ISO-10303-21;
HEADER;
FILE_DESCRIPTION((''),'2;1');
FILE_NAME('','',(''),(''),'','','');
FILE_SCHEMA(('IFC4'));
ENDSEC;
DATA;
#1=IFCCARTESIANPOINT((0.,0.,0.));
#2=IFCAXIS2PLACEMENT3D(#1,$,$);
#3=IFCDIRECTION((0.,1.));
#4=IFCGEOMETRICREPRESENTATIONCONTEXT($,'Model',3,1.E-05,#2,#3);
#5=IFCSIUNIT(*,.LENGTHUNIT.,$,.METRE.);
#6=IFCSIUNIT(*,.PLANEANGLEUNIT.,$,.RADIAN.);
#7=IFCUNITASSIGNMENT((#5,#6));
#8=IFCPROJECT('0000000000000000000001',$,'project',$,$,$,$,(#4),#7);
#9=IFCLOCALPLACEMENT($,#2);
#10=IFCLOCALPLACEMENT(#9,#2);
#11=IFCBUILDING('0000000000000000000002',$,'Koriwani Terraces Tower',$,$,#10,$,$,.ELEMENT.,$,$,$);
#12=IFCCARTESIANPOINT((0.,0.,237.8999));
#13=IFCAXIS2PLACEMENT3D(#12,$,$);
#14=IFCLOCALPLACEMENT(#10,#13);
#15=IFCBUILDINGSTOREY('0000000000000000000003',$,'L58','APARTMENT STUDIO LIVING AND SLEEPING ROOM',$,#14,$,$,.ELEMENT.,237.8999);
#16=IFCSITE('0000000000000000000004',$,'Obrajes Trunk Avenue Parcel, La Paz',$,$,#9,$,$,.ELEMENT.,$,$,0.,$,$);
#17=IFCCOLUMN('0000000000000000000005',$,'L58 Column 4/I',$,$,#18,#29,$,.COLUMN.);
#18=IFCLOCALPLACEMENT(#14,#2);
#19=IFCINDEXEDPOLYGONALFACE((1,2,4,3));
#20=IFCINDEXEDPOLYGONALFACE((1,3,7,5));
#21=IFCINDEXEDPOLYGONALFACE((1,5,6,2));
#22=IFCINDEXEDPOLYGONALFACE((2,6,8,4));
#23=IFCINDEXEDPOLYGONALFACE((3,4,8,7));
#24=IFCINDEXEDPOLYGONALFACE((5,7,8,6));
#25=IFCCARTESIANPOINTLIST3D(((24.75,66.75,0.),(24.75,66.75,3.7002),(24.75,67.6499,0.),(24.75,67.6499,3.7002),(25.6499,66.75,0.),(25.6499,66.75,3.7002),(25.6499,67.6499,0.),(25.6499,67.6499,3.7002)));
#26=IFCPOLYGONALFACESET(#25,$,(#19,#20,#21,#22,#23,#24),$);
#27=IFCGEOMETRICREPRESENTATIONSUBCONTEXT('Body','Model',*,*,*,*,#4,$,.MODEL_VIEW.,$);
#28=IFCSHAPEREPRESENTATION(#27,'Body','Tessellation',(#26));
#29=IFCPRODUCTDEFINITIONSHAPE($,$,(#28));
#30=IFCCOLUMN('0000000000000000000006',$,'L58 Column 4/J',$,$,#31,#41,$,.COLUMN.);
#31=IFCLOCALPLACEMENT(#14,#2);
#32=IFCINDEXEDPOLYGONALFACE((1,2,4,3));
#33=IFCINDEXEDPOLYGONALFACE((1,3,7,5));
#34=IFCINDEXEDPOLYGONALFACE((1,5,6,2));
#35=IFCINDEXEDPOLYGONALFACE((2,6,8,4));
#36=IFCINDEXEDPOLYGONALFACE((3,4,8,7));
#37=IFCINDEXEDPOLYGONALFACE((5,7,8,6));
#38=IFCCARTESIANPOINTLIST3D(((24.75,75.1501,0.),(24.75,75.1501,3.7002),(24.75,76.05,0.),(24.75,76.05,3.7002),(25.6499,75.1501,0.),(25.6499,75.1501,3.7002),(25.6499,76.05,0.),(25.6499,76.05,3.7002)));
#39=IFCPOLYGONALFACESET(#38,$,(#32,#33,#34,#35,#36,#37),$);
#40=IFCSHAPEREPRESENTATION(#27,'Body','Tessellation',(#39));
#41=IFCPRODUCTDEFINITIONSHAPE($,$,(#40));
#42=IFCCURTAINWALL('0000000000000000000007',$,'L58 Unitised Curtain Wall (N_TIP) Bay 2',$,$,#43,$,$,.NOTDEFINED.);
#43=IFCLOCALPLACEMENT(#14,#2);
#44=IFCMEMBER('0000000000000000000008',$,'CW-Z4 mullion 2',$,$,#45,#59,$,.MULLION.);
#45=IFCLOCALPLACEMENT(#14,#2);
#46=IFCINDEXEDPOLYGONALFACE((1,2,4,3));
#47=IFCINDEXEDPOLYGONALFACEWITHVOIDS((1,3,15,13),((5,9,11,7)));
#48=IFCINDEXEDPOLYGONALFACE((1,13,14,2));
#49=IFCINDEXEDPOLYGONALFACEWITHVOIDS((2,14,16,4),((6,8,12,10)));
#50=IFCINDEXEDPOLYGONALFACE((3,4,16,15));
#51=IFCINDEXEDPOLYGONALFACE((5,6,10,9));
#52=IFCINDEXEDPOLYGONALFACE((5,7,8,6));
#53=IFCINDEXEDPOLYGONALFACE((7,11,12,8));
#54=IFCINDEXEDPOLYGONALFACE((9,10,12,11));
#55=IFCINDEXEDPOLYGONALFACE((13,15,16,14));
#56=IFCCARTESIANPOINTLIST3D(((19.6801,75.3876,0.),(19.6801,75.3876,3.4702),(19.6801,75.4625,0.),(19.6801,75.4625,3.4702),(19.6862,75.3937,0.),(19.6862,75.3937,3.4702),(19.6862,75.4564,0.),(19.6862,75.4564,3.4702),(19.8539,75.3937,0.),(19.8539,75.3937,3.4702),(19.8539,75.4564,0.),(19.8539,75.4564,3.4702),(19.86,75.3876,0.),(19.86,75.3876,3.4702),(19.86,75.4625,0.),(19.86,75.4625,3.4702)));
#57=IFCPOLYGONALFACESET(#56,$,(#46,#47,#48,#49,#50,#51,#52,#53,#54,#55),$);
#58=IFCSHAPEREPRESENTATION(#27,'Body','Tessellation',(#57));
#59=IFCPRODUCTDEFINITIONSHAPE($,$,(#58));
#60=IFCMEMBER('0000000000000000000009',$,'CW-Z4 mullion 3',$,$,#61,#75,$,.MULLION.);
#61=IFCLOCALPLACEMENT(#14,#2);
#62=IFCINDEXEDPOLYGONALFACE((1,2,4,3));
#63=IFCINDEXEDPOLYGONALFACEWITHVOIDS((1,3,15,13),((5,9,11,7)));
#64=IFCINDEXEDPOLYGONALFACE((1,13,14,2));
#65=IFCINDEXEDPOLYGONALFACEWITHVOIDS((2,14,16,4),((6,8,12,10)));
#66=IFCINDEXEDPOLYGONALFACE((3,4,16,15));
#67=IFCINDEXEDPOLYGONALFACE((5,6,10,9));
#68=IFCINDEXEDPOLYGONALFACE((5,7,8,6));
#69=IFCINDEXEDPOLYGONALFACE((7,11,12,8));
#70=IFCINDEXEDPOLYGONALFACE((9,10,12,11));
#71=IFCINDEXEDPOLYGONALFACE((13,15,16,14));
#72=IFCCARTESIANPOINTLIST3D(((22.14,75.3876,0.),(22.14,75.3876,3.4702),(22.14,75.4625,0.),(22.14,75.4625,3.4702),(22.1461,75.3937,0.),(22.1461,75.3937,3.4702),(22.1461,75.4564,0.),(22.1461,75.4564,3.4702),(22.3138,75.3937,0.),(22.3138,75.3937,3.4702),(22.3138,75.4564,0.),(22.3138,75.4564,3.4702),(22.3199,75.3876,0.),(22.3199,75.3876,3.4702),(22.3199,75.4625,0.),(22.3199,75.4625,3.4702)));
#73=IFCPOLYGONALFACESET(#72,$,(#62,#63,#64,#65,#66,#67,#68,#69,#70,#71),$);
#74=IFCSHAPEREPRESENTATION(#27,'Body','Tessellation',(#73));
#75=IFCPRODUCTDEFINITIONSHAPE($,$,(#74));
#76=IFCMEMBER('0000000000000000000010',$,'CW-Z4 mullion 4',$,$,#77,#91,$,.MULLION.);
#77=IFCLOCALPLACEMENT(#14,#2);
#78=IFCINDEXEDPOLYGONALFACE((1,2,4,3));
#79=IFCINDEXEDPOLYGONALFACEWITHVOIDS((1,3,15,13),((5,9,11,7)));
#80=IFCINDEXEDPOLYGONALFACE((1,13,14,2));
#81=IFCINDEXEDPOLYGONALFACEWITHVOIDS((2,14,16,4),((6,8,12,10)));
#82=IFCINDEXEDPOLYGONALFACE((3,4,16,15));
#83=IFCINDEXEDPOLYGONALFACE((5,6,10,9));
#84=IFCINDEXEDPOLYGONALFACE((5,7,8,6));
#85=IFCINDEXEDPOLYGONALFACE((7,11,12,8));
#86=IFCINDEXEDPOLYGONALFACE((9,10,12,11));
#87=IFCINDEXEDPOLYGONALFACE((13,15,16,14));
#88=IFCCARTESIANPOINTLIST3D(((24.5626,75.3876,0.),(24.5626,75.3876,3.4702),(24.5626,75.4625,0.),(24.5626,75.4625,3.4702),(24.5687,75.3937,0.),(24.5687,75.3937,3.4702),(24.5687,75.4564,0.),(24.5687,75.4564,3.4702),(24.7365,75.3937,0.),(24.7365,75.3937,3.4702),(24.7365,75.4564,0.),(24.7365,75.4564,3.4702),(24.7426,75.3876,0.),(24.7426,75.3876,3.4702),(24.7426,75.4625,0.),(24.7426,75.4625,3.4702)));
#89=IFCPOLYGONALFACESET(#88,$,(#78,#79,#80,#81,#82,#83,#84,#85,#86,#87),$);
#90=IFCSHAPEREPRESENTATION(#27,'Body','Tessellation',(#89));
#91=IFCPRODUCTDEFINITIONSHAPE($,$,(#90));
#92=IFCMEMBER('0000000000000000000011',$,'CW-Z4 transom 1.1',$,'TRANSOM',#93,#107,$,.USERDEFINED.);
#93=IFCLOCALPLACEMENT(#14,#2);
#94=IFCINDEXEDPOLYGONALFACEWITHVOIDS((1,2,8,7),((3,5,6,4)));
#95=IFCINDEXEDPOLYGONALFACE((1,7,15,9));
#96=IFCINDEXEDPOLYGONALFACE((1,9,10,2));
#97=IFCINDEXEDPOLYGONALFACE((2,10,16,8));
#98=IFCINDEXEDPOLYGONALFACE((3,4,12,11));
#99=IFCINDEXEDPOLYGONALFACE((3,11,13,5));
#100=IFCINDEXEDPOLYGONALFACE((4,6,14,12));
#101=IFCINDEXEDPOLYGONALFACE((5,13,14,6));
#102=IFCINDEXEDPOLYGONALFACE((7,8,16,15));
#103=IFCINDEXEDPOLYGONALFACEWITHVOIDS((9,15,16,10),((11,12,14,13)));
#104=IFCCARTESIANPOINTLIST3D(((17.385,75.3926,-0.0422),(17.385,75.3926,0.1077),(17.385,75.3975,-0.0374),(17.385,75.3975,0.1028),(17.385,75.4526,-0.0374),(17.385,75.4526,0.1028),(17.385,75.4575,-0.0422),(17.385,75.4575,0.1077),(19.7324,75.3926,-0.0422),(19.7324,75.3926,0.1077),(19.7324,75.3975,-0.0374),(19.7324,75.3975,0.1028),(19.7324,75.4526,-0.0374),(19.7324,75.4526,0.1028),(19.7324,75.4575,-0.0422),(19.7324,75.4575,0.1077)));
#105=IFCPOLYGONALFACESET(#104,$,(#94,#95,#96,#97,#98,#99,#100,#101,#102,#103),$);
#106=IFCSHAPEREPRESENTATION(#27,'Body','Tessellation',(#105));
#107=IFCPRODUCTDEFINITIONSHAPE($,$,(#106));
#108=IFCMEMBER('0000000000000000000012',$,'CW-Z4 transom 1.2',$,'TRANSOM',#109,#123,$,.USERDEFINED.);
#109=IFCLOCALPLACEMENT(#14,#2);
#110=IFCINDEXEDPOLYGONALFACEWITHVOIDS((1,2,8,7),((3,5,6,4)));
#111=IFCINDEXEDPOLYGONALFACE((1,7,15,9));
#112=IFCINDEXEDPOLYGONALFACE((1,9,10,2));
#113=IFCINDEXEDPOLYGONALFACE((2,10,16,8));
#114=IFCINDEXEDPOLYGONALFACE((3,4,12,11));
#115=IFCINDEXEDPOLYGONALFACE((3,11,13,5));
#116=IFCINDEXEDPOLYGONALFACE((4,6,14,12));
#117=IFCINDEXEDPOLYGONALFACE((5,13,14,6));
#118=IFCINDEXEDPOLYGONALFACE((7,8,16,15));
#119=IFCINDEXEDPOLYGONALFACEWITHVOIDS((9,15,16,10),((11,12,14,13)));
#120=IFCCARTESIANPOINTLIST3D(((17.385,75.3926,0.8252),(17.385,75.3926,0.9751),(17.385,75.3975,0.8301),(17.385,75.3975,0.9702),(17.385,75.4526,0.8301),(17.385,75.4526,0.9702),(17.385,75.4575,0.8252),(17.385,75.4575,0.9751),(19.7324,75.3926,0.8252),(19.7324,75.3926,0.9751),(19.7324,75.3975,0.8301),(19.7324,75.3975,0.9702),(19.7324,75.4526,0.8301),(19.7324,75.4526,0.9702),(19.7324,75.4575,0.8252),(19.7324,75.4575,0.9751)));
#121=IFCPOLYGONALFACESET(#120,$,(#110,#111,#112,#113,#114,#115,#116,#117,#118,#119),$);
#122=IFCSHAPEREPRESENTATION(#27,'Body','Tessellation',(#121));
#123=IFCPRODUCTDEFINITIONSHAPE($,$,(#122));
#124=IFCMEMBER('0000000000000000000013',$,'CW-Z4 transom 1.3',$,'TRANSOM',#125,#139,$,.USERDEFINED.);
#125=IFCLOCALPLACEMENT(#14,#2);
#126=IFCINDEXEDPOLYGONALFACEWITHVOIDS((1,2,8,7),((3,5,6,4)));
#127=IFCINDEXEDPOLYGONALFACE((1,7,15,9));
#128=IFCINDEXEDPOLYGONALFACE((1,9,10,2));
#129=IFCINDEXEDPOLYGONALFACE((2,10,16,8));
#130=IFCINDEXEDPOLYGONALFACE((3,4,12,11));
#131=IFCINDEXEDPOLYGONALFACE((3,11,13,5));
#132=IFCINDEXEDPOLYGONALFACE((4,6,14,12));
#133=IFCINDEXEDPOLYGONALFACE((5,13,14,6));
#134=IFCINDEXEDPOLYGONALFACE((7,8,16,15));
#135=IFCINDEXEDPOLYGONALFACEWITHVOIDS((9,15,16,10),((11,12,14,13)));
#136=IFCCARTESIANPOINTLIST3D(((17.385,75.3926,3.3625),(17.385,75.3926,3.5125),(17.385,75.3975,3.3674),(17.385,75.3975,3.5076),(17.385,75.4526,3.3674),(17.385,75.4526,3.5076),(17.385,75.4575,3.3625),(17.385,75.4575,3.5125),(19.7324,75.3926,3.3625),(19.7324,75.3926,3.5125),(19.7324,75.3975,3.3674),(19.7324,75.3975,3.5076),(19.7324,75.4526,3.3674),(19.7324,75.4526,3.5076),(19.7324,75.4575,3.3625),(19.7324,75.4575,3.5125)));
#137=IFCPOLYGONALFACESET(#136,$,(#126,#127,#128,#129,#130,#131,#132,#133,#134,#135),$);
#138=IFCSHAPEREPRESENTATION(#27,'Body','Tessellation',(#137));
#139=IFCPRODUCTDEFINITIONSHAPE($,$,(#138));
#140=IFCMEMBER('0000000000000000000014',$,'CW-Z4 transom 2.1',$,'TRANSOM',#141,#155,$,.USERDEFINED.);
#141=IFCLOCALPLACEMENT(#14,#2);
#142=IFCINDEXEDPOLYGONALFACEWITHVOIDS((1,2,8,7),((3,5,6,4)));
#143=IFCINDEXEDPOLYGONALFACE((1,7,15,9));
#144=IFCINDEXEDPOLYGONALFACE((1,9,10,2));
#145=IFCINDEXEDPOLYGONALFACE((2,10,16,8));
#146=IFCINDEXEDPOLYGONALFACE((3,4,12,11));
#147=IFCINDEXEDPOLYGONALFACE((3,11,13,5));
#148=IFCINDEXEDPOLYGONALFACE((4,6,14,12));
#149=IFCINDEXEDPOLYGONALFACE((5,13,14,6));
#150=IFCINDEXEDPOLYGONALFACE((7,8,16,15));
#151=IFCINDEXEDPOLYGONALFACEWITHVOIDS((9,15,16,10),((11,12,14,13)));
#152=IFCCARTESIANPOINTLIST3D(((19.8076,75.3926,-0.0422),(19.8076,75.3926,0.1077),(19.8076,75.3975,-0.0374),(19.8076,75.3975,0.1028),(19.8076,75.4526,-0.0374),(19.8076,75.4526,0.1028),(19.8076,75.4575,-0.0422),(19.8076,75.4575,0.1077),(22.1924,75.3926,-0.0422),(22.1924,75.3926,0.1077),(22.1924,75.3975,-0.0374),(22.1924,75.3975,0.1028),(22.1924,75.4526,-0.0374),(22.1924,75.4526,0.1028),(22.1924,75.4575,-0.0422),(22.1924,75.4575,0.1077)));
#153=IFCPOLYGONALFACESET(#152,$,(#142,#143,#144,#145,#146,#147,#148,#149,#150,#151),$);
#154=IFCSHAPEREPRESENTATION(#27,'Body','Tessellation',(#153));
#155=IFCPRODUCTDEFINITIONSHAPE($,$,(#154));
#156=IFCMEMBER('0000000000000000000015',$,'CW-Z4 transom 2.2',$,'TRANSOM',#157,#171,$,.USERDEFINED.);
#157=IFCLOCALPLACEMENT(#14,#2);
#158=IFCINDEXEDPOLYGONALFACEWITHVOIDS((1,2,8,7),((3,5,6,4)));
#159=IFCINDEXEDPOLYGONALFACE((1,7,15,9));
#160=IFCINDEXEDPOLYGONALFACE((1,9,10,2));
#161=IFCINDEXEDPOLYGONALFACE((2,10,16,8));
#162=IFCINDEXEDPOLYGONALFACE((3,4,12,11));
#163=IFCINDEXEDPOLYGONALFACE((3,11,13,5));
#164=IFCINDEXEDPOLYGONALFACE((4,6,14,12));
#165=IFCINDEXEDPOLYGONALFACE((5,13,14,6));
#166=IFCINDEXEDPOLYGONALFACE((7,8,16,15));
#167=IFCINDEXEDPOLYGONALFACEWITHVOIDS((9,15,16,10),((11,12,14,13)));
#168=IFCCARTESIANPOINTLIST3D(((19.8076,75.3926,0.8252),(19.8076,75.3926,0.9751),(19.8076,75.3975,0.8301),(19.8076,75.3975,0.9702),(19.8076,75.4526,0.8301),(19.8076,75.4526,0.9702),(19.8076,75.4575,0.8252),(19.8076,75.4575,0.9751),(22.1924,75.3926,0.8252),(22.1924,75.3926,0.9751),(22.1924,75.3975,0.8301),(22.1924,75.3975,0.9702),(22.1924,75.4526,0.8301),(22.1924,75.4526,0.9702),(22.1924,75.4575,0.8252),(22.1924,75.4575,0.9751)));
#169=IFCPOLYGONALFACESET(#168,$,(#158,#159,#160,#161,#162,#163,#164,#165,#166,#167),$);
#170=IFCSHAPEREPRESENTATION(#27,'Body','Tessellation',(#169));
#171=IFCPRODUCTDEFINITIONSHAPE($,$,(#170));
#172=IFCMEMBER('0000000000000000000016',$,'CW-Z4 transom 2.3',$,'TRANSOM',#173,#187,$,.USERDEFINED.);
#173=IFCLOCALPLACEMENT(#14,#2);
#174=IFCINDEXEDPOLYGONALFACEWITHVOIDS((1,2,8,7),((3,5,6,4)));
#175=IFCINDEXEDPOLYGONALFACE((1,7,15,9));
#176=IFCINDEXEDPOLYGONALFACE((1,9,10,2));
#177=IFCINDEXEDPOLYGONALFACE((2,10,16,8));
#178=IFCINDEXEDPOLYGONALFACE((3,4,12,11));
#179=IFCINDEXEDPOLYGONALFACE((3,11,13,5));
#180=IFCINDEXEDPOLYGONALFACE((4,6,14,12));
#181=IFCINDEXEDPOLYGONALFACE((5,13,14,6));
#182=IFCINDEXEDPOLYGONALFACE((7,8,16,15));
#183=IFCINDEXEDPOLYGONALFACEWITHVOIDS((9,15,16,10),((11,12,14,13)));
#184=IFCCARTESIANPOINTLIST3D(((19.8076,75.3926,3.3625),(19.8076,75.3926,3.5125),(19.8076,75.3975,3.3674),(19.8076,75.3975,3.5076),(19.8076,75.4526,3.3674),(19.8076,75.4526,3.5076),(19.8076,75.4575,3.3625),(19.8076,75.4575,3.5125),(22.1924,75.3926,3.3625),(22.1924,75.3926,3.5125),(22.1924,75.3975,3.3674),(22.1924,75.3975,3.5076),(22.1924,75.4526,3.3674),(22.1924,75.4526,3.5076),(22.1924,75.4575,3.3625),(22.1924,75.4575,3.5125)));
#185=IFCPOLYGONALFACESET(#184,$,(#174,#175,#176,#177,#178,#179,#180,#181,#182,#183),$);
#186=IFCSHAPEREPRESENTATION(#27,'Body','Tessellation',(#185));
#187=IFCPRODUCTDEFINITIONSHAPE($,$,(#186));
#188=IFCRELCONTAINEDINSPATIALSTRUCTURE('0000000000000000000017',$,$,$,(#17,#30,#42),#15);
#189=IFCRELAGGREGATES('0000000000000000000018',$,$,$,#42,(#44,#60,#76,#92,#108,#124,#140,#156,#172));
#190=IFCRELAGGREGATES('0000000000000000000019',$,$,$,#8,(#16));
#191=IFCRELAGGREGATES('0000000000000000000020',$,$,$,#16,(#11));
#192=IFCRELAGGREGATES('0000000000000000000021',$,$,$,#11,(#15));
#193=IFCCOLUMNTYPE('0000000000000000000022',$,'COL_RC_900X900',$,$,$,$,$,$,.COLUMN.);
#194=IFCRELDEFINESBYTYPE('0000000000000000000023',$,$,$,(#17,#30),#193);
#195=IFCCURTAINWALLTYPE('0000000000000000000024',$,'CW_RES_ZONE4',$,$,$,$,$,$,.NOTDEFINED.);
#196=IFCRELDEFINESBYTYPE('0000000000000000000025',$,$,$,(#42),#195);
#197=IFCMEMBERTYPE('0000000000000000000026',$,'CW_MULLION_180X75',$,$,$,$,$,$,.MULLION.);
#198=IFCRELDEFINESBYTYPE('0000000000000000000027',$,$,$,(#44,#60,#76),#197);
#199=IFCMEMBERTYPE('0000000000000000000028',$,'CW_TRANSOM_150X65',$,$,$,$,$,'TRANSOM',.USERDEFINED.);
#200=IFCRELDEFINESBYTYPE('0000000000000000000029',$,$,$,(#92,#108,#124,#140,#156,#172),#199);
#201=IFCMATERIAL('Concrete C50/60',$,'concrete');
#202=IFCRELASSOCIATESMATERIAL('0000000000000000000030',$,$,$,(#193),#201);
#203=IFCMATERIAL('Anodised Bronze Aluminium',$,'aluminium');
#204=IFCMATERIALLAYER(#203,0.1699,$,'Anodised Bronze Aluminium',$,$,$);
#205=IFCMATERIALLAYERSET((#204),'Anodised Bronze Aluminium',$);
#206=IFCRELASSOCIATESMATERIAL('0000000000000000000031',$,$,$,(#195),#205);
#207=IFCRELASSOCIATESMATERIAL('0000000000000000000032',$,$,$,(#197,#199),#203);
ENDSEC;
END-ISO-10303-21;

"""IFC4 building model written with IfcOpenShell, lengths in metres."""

from ifc_helpers import new_model, si_unit, direction, frame, origin, origin_2d, place, context, subcontext, project, spatial, rectangle, hollow_rectangle, extrude, material, layer, layer_set, material_profile, profile_set, type_object, element, aggregate, save


model = new_model("IFC4")

# Units and contexts
model_context = context("Model", 3, precision=1e-05, world=origin(), true_north=direction((0.0, 1.0)))
body_context = subcontext(model_context, "Body", "Model", "MODEL_VIEW")
ifc_project = project(units=[si_unit("LENGTHUNIT", "METRE"), si_unit("PLANEANGLEUNIT", "RADIAN")], contexts=[model_context])

# Site, building, storey
site_placement = place(None, origin())
site = spatial("IfcSite", under=ifc_project, at=site_placement, Name="Obrajes Trunk Avenue Parcel, La Paz", CompositionType="ELEMENT", RefElevation=0.0)
building_placement = place(site_placement, origin())
building = spatial("IfcBuilding", under=site, at=building_placement, Name="Koriwani Terraces Tower", CompositionType="ELEMENT")
storey_placement = place(building_placement, frame((0.0, 0.0, 237.8999)))
storey = spatial("IfcBuildingStorey", under=building, at=storey_placement, Name="L58", Description="APARTMENT STUDIO LIVING AND SLEEPING ROOM", CompositionType="ELEMENT", Elevation=237.8999)

# Columns
ifc_material_1 = material(Name="Concrete C50/60", Category="concrete")
ifc_material_profile_1 = material_profile(ifc_material_1, rectangle(XDim=0.8999, YDim=0.8999, at=origin_2d()), Name="Concrete C50/60", Category="LoadBearing")
ifc_profile_set_1 = profile_set([ifc_material_profile_1], Name="Concrete C50/60")
column_type = type_object("IfcColumnType", Name="COL_RC_900X900", PredefinedType="COLUMN", material=ifc_profile_set_1)
for number, where, z_axis, x_axis, name in (
    (1, (25.2, 67.2, 0.0), (0.0, 0.0, 1.0), (1.0, 0.0, 0.0), "L58 Column 4/I"),
    (2, (25.2, 75.6001, 0.0), (0.0, 0.0, 1.0), (1.0, 0.0, 0.0), "L58 Column 4/J"),
):
    element("IfcColumn", number, at=place(storey_placement, frame(where, z_axis=z_axis, x_axis=x_axis)), inside=storey, type_object=column_type, Name=name, PredefinedType="COLUMN", context=body_context, shape_type="SweptSolid", body=[
        extrude(rectangle(XDim=0.8999, YDim=0.8999, at=origin_2d()), origin(), (0.0, 0.0, 1.0), 3.7002),
    ])

# Curtain wall, members
ifc_material_2 = material(Name="Anodised Bronze Aluminium", Category="aluminium")
ifc_layer_1 = layer(ifc_material_2, 0.1699, Name="Anodised Bronze Aluminium")
ifc_layer_set_1 = layer_set([ifc_layer_1], Name="Anodised Bronze Aluminium")
curtain_wall_type = type_object("IfcCurtainWallType", Name="CW_RES_ZONE4", PredefinedType="NOTDEFINED", material=ifc_layer_set_1)
curtain_wall_placement = place(storey_placement, origin())
curtain_wall = element("IfcCurtainWall", 3, at=curtain_wall_placement, inside=storey, type_object=curtain_wall_type, Name="L58 Unitised Curtain Wall (N_TIP) Bay 2", PredefinedType="NOTDEFINED")
ifc_material_profile_2 = material_profile(ifc_material_2, hollow_rectangle(XDim=0.075, YDim=0.1799, WallThickness=0.0061, at=origin_2d()), Name="Anodised Bronze Aluminium", Category="LoadBearing")
ifc_profile_set_2 = profile_set([ifc_material_profile_2], Name="Anodised Bronze Aluminium")
member_type_1 = type_object("IfcMemberType", Name="CW_MULLION_180X75", PredefinedType="MULLION", material=ifc_profile_set_2)
member_1_placement = place(storey_placement, frame((19.77, 75.425, 0.0), z_axis=(0.0, 0.0, 1.0), x_axis=(0.0, 1.0, 0.0)))
member_1 = element("IfcMember", 4, at=member_1_placement, type_object=member_type_1, Name="CW-Z4 mullion 2", PredefinedType="MULLION", context=body_context, shape_type="SweptSolid", body=[
    extrude(hollow_rectangle(XDim=0.075, YDim=0.1799, WallThickness=0.0061, at=origin_2d()), origin(), (0.0, 0.0, 1.0), 3.4702),
])
member_2_placement = place(storey_placement, frame((22.23, 75.425, 0.0), z_axis=(0.0, 0.0, 1.0), x_axis=(0.0, 1.0, 0.0)))
member_2 = element("IfcMember", 5, at=member_2_placement, type_object=member_type_1, Name="CW-Z4 mullion 3", PredefinedType="MULLION", context=body_context, shape_type="SweptSolid", body=[
    extrude(hollow_rectangle(XDim=0.075, YDim=0.1799, WallThickness=0.0061, at=origin_2d()), origin(), (0.0, 0.0, 1.0), 3.4702),
])
member_3_placement = place(storey_placement, frame((24.6526, 75.425, 0.0), z_axis=(0.0, 0.0, 1.0), x_axis=(0.0, 1.0, 0.0)))
member_3 = element("IfcMember", 6, at=member_3_placement, type_object=member_type_1, Name="CW-Z4 mullion 4", PredefinedType="MULLION", context=body_context, shape_type="SweptSolid", body=[
    extrude(hollow_rectangle(XDim=0.075, YDim=0.1799, WallThickness=0.0061, at=origin_2d()), origin(), (0.0, 0.0, 1.0), 3.4702),
])
ifc_material_profile_3 = material_profile(ifc_material_2, hollow_rectangle(XDim=0.0649, YDim=0.1499, WallThickness=0.0049, at=origin_2d()), Name="Anodised Bronze Aluminium", Category="LoadBearing")
ifc_profile_set_3 = profile_set([ifc_material_profile_3], Name="Anodised Bronze Aluminium")
member_type_2 = type_object("IfcMemberType", Name="CW_TRANSOM_150X65", ElementType="TRANSOM", PredefinedType="USERDEFINED", material=ifc_profile_set_3)
member_4_placement = place(storey_placement, frame((17.385, 75.425, 0.0327), z_axis=(1.0, 0.0, 0.0), x_axis=(0.0, 1.0, 0.0)))
member_4 = element("IfcMember", 7, at=member_4_placement, type_object=member_type_2, Name="CW-Z4 transom 1.1", ObjectType="TRANSOM", PredefinedType="USERDEFINED", context=body_context, shape_type="SweptSolid", body=[
    extrude(hollow_rectangle(XDim=0.0649, YDim=0.1499, WallThickness=0.0049, at=origin_2d()), origin(), (0.0, 0.0, 1.0), 2.3474),
])
member_5_placement = place(storey_placement, frame((17.385, 75.425, 0.9001), z_axis=(1.0, 0.0, 0.0), x_axis=(0.0, 1.0, 0.0)))
member_5 = element("IfcMember", 8, at=member_5_placement, type_object=member_type_2, Name="CW-Z4 transom 1.2", ObjectType="TRANSOM", PredefinedType="USERDEFINED", context=body_context, shape_type="SweptSolid", body=[
    extrude(hollow_rectangle(XDim=0.0649, YDim=0.1499, WallThickness=0.0049, at=origin_2d()), origin(), (0.0, 0.0, 1.0), 2.3474),
])
member_6_placement = place(storey_placement, frame((17.385, 75.425, 3.4375), z_axis=(1.0, 0.0, 0.0), x_axis=(0.0, 1.0, 0.0)))
member_6 = element("IfcMember", 9, at=member_6_placement, type_object=member_type_2, Name="CW-Z4 transom 1.3", ObjectType="TRANSOM", PredefinedType="USERDEFINED", context=body_context, shape_type="SweptSolid", body=[
    extrude(hollow_rectangle(XDim=0.0649, YDim=0.1499, WallThickness=0.0049, at=origin_2d()), origin(), (0.0, 0.0, 1.0), 2.3474),
])
member_7_placement = place(storey_placement, frame((19.8076, 75.425, 0.0327), z_axis=(1.0, 0.0, 0.0), x_axis=(0.0, 1.0, 0.0)))
member_7 = element("IfcMember", 10, at=member_7_placement, type_object=member_type_2, Name="CW-Z4 transom 2.1", ObjectType="TRANSOM", PredefinedType="USERDEFINED", context=body_context, shape_type="SweptSolid", body=[
    extrude(hollow_rectangle(XDim=0.0649, YDim=0.1499, WallThickness=0.0049, at=origin_2d()), origin(), (0.0, 0.0, 1.0), 2.3848),
])
member_8_placement = place(storey_placement, frame((19.8076, 75.425, 0.9001), z_axis=(1.0, 0.0, 0.0), x_axis=(0.0, 1.0, 0.0)))
member_8 = element("IfcMember", 11, at=member_8_placement, type_object=member_type_2, Name="CW-Z4 transom 2.2", ObjectType="TRANSOM", PredefinedType="USERDEFINED", context=body_context, shape_type="SweptSolid", body=[
    extrude(hollow_rectangle(XDim=0.0649, YDim=0.1499, WallThickness=0.0049, at=origin_2d()), origin(), (0.0, 0.0, 1.0), 2.3848),
])
member_9_placement = place(storey_placement, frame((19.8076, 75.425, 3.4375), z_axis=(1.0, 0.0, 0.0), x_axis=(0.0, 1.0, 0.0)))
member_9 = element("IfcMember", 12, at=member_9_placement, type_object=member_type_2, Name="CW-Z4 transom 2.3", ObjectType="TRANSOM", PredefinedType="USERDEFINED", context=body_context, shape_type="SweptSolid", body=[
    extrude(hollow_rectangle(XDim=0.0649, YDim=0.1499, WallThickness=0.0049, at=origin_2d()), origin(), (0.0, 0.0, 1.0), 2.3848),
])

aggregate(curtain_wall, [member_1, member_2, member_3, member_4, member_5, member_6, member_7, member_8, member_9])

save(model, "model.ifc")
